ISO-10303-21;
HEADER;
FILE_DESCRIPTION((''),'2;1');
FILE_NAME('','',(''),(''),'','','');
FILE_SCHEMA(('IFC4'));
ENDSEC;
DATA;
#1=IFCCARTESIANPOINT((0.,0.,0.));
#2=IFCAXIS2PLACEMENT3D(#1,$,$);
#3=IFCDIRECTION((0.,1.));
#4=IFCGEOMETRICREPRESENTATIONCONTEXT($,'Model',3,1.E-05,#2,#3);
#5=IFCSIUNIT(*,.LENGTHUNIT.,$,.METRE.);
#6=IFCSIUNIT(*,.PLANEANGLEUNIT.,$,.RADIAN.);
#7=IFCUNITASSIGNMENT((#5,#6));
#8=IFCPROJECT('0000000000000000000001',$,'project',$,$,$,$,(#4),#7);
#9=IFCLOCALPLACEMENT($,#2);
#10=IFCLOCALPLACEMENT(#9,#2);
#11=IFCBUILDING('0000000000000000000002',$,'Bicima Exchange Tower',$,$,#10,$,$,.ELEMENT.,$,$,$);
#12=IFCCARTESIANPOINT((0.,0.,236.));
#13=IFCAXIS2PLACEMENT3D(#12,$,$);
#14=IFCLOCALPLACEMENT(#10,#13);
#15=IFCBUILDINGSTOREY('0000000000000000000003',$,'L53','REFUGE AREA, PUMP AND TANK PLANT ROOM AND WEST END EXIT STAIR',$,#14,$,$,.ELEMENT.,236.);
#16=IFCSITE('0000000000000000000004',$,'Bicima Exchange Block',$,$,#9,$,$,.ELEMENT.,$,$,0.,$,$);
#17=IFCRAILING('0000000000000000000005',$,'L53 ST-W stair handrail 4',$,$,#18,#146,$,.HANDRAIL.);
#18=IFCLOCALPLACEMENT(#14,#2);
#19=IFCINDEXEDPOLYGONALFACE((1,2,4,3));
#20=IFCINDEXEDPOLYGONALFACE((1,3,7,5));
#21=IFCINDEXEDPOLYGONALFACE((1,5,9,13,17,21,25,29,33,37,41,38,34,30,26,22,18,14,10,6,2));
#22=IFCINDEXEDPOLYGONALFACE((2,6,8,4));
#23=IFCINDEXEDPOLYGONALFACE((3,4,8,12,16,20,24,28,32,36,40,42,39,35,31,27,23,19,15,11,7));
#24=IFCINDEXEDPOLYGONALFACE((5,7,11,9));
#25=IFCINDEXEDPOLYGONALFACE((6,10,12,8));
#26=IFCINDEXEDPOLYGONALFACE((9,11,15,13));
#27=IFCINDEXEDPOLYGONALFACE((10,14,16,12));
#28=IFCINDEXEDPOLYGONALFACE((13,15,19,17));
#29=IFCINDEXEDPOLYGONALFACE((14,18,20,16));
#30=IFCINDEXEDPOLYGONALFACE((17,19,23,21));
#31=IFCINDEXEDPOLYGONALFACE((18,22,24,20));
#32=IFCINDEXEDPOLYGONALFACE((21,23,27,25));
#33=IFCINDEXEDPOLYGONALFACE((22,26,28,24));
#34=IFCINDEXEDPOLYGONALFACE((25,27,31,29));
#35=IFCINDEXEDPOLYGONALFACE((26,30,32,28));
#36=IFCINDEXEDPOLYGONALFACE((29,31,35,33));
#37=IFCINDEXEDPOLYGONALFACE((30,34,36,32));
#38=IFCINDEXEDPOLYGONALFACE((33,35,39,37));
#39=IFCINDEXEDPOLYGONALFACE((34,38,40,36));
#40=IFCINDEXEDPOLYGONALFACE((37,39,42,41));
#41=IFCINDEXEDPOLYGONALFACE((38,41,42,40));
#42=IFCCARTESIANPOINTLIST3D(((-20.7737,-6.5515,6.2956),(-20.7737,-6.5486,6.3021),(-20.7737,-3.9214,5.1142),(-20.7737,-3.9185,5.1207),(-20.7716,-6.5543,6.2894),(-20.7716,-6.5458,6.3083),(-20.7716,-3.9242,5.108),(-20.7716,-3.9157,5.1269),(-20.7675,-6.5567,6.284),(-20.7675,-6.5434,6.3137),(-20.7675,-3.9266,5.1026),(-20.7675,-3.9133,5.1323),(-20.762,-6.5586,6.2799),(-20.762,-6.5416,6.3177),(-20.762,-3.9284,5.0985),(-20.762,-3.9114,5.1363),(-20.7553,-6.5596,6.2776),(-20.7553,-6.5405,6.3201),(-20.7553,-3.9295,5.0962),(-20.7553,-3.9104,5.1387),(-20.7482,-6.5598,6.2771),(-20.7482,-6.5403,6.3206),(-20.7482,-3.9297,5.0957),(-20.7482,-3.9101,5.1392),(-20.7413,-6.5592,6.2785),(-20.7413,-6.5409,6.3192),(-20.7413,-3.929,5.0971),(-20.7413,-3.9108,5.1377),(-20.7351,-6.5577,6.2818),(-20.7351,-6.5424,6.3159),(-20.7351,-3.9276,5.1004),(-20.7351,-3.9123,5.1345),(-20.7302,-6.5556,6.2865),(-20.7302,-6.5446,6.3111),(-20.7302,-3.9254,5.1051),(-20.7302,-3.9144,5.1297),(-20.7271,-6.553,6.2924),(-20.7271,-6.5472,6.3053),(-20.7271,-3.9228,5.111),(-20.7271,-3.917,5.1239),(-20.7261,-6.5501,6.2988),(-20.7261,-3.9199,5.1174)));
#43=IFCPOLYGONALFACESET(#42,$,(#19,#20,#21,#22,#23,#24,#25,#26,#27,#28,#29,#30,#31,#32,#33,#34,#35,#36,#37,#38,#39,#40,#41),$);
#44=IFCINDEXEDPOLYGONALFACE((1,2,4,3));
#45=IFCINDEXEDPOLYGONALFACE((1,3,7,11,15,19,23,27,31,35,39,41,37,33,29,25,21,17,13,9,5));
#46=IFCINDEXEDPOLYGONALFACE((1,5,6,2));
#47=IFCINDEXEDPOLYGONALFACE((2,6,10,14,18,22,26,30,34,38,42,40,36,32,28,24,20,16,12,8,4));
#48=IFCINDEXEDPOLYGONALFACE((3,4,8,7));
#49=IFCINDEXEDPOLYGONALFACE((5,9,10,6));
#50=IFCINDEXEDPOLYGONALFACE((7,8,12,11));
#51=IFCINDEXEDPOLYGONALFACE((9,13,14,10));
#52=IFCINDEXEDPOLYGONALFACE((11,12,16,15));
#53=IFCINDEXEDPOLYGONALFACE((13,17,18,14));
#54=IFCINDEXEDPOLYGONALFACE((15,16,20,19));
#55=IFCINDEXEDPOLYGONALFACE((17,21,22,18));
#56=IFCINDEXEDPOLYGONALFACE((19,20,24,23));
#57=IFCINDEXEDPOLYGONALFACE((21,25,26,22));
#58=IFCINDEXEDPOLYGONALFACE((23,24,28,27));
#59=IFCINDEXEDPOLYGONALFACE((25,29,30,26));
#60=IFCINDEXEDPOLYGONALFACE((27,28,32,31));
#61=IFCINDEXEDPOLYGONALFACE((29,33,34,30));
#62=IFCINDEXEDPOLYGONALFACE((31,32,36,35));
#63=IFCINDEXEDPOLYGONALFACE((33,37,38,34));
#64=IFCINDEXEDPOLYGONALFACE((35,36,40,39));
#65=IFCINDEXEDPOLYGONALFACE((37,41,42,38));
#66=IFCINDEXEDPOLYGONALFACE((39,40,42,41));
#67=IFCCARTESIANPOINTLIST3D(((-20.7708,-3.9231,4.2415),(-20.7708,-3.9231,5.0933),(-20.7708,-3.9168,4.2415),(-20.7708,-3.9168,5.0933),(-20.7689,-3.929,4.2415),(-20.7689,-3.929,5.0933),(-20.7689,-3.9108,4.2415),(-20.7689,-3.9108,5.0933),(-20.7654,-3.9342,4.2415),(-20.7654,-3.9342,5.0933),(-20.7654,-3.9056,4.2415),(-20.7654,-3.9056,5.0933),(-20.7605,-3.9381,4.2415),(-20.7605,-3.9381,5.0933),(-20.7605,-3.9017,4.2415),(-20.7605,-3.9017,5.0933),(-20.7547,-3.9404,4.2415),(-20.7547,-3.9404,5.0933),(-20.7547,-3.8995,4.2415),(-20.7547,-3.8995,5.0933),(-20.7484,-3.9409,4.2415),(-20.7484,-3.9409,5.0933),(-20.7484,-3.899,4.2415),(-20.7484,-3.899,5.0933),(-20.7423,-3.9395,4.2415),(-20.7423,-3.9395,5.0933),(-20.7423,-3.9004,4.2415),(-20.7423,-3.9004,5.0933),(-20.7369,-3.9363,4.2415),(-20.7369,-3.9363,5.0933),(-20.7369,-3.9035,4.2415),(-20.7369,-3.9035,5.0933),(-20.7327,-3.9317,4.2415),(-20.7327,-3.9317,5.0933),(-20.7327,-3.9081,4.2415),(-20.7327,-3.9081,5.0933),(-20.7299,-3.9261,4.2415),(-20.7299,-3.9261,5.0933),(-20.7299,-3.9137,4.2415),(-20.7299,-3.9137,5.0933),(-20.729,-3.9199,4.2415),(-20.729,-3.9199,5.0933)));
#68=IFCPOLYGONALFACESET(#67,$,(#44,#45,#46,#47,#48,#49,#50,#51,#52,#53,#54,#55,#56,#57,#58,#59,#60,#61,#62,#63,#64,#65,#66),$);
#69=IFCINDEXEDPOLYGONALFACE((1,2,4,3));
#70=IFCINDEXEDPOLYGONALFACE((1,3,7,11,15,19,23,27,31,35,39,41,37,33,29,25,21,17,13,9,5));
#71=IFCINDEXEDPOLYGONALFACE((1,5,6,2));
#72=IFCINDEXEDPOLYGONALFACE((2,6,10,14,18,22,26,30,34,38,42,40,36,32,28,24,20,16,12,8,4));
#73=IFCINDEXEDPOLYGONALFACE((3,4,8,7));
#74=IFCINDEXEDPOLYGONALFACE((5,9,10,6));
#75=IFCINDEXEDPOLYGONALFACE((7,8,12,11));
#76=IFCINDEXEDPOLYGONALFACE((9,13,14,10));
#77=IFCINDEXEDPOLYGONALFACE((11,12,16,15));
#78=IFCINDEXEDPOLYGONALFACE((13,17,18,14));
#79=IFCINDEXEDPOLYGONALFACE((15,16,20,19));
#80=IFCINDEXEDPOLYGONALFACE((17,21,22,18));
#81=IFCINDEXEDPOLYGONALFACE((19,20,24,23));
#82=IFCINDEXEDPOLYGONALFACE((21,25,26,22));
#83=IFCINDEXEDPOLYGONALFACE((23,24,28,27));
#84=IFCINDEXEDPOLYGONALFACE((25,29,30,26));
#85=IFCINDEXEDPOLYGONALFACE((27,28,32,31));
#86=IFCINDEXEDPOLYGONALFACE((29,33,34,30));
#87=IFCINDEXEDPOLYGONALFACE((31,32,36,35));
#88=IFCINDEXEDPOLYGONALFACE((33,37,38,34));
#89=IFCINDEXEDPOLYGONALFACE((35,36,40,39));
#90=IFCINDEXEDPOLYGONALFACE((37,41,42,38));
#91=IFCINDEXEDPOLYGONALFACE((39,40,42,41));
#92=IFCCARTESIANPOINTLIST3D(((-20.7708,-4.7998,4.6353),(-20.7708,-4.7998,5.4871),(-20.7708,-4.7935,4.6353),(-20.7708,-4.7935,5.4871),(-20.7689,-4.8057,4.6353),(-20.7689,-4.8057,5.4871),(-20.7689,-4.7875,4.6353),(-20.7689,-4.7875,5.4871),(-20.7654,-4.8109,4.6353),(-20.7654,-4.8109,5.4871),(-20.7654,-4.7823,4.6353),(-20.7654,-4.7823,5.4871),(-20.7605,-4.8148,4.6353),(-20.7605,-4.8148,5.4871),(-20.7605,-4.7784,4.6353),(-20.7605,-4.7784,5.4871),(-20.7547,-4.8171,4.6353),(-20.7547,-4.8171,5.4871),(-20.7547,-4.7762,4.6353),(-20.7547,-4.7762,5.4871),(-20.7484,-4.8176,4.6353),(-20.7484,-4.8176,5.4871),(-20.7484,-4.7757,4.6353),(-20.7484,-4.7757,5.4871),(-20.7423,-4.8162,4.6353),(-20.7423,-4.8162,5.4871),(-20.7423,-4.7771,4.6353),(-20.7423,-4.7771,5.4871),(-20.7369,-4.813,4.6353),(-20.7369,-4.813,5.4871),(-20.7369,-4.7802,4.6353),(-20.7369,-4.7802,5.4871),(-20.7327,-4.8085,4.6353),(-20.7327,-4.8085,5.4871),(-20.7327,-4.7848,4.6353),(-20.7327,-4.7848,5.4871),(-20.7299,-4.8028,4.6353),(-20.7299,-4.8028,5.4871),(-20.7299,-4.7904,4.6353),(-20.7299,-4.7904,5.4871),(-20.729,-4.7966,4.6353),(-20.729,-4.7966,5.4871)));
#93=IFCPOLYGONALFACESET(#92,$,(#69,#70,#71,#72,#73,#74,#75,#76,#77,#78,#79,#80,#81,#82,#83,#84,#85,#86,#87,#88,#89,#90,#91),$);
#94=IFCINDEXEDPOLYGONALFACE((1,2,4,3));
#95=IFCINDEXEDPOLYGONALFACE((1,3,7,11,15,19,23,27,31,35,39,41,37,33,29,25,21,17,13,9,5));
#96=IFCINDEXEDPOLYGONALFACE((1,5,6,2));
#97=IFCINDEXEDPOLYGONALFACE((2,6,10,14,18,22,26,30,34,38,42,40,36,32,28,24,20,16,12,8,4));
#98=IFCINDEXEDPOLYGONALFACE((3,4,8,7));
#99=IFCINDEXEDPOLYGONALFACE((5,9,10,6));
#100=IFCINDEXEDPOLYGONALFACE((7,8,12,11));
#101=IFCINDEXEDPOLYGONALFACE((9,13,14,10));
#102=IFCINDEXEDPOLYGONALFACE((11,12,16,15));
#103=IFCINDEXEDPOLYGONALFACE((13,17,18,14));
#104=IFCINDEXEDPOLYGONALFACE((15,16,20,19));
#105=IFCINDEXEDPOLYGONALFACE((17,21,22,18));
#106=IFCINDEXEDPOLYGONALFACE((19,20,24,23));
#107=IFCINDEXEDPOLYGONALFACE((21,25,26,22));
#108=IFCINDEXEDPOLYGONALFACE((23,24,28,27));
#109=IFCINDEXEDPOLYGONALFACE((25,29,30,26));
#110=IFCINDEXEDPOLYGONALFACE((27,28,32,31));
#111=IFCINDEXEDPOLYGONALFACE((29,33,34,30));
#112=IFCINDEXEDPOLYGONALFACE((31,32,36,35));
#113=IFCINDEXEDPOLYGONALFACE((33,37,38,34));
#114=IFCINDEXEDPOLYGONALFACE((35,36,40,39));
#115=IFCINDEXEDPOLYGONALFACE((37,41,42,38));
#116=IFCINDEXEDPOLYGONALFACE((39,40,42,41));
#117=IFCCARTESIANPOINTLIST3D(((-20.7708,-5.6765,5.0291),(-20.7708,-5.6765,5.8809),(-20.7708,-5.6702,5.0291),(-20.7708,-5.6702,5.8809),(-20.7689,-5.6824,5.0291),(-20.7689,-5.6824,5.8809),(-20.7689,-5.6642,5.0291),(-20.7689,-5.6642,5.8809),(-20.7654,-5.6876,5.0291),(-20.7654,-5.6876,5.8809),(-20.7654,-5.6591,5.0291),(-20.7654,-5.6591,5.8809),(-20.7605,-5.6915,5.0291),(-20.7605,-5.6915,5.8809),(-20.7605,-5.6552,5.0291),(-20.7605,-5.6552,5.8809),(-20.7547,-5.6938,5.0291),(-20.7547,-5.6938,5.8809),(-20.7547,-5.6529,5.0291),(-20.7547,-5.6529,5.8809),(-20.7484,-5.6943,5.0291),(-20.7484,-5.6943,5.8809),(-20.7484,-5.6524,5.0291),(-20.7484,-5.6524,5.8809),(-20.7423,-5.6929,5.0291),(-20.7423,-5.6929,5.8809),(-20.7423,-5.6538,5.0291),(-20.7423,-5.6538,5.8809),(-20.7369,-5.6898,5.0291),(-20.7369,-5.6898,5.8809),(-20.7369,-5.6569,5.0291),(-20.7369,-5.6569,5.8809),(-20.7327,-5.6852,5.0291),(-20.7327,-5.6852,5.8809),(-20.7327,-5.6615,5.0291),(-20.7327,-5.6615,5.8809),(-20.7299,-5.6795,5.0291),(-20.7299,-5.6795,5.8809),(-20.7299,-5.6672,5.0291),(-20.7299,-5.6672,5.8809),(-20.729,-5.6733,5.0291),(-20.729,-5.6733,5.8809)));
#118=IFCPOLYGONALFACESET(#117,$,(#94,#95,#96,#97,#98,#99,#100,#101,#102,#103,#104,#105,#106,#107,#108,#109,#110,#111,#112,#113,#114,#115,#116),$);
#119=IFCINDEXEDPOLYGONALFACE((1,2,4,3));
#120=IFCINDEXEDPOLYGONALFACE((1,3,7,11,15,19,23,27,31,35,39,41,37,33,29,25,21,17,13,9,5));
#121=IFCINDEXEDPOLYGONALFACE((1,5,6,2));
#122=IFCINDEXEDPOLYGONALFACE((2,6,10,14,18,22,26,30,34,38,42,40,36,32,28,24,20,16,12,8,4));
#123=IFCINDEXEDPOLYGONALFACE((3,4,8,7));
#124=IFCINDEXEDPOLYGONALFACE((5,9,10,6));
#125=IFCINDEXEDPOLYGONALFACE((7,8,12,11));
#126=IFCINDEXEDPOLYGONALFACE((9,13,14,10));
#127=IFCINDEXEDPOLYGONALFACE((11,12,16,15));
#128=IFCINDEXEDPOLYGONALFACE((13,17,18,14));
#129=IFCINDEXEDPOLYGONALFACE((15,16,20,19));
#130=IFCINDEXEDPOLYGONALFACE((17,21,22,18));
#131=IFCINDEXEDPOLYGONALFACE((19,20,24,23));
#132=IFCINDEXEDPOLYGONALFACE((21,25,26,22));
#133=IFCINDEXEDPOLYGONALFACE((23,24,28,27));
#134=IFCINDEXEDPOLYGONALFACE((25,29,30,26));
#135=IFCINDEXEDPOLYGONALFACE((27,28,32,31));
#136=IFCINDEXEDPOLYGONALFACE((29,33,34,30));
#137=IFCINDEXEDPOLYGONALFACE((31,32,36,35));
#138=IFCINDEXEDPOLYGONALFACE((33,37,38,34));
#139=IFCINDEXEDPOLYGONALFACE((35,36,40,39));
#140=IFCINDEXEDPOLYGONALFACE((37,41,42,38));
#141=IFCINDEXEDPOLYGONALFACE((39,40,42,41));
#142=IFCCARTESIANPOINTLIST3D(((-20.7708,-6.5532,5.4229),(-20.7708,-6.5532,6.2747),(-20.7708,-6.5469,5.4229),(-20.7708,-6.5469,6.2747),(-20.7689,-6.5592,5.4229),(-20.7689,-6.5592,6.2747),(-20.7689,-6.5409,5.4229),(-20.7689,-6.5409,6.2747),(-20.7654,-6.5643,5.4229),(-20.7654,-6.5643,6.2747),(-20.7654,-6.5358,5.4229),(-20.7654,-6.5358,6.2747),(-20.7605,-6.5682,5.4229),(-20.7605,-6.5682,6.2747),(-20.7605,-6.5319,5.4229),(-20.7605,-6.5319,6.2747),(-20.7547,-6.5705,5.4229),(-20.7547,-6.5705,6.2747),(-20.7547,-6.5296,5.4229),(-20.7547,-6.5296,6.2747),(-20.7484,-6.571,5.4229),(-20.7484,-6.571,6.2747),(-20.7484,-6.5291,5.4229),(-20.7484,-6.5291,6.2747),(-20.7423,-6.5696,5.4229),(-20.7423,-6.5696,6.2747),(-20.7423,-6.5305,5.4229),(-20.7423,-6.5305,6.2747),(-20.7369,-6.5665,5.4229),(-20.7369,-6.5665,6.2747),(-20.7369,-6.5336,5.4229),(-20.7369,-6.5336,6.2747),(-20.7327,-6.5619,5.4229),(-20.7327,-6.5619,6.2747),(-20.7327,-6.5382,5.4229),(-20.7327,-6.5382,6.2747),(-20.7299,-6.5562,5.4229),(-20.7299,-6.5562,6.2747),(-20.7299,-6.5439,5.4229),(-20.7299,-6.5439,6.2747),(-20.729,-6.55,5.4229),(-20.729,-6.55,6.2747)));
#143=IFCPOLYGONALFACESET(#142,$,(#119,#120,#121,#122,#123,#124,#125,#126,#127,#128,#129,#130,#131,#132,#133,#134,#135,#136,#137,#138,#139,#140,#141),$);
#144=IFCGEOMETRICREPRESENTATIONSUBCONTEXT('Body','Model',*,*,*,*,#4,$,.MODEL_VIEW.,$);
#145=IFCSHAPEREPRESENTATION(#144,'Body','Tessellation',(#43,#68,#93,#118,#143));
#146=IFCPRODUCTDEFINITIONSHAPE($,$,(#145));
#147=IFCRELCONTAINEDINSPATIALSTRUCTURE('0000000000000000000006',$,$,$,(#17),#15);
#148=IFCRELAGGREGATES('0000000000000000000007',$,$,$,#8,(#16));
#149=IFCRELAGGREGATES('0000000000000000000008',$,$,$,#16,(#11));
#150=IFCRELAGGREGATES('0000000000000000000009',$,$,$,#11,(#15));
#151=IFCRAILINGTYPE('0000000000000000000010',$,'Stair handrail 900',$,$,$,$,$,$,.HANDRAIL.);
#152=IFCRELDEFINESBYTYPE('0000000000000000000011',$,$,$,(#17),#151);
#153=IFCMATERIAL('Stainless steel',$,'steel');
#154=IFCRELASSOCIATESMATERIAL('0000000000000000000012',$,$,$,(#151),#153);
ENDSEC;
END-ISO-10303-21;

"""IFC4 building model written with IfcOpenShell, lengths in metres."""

from ifc_helpers import new_model, si_unit, direction, frame, origin, origin_2d, place, context, subcontext, project, spatial, circle, extrude, material, type_object, element, save


model = new_model("IFC4")

# Units and contexts
model_context = context("Model", 3, precision=1e-05, world=origin(), true_north=direction((0.0, 1.0)))
body_context = subcontext(model_context, "Body", "Model", "MODEL_VIEW")
ifc_project = project(units=[si_unit("LENGTHUNIT", "METRE"), si_unit("PLANEANGLEUNIT", "RADIAN")], contexts=[model_context])

# Site, building, storey
site_placement = place(None, origin())
site = spatial("IfcSite", under=ifc_project, at=site_placement, Name="Bicima Exchange Block", CompositionType="ELEMENT", RefElevation=0.0)
building_placement = place(site_placement, origin())
building = spatial("IfcBuilding", under=site, at=building_placement, Name="Bicima Exchange Tower", CompositionType="ELEMENT")
storey_placement = place(building_placement, frame((0.0, 0.0, 236.0)))
storey = spatial("IfcBuildingStorey", under=building, at=storey_placement, Name="L53", Description="REFUGE AREA, PUMP AND TANK PLANT ROOM AND WEST END EXIT STAIR", CompositionType="ELEMENT", Elevation=236.0)

# Railing
ifc_material_1 = material(Name="Stainless steel", Category="steel")
railing_type = type_object("IfcRailingType", Name="Stair handrail 900", PredefinedType="HANDRAIL", material=ifc_material_1)
railing_1_placement = place(storey_placement, frame((-20.75, -3.9199, 4.2415)))
element("IfcRailing", 1, at=railing_1_placement, inside=storey, type_object=railing_type, Name="L53 ST-W stair handrail 4", PredefinedType="HANDRAIL", context=body_context, shape_type="SweptSolid", body=[
    extrude(circle(Radius=0.0239, at=origin_2d()), frame((0.0, 0.0, 0.876), z_axis=(0.0, -0.912202, 0.409741), x_axis=(1.0, 0.0, 0.0)), (0.0, 0.0, 1.0), 2.8833),
    extrude(circle(Radius=0.021, at=origin_2d()), origin(), (0.0, 0.0, 1.0), 0.8518),
    extrude(circle(Radius=0.021, at=origin_2d()), frame((0.0, -0.8767, 0.3938)), (0.0, 0.0, 1.0), 0.8518),
    extrude(circle(Radius=0.021, at=origin_2d()), frame((0.0, -1.7534, 0.7876)), (0.0, 0.0, 1.0), 0.8518),
    extrude(circle(Radius=0.021, at=origin_2d()), frame((0.0, -2.6301, 1.1814)), (0.0, 0.0, 1.0), 0.8518),
])

save(model, "model.ifc")
